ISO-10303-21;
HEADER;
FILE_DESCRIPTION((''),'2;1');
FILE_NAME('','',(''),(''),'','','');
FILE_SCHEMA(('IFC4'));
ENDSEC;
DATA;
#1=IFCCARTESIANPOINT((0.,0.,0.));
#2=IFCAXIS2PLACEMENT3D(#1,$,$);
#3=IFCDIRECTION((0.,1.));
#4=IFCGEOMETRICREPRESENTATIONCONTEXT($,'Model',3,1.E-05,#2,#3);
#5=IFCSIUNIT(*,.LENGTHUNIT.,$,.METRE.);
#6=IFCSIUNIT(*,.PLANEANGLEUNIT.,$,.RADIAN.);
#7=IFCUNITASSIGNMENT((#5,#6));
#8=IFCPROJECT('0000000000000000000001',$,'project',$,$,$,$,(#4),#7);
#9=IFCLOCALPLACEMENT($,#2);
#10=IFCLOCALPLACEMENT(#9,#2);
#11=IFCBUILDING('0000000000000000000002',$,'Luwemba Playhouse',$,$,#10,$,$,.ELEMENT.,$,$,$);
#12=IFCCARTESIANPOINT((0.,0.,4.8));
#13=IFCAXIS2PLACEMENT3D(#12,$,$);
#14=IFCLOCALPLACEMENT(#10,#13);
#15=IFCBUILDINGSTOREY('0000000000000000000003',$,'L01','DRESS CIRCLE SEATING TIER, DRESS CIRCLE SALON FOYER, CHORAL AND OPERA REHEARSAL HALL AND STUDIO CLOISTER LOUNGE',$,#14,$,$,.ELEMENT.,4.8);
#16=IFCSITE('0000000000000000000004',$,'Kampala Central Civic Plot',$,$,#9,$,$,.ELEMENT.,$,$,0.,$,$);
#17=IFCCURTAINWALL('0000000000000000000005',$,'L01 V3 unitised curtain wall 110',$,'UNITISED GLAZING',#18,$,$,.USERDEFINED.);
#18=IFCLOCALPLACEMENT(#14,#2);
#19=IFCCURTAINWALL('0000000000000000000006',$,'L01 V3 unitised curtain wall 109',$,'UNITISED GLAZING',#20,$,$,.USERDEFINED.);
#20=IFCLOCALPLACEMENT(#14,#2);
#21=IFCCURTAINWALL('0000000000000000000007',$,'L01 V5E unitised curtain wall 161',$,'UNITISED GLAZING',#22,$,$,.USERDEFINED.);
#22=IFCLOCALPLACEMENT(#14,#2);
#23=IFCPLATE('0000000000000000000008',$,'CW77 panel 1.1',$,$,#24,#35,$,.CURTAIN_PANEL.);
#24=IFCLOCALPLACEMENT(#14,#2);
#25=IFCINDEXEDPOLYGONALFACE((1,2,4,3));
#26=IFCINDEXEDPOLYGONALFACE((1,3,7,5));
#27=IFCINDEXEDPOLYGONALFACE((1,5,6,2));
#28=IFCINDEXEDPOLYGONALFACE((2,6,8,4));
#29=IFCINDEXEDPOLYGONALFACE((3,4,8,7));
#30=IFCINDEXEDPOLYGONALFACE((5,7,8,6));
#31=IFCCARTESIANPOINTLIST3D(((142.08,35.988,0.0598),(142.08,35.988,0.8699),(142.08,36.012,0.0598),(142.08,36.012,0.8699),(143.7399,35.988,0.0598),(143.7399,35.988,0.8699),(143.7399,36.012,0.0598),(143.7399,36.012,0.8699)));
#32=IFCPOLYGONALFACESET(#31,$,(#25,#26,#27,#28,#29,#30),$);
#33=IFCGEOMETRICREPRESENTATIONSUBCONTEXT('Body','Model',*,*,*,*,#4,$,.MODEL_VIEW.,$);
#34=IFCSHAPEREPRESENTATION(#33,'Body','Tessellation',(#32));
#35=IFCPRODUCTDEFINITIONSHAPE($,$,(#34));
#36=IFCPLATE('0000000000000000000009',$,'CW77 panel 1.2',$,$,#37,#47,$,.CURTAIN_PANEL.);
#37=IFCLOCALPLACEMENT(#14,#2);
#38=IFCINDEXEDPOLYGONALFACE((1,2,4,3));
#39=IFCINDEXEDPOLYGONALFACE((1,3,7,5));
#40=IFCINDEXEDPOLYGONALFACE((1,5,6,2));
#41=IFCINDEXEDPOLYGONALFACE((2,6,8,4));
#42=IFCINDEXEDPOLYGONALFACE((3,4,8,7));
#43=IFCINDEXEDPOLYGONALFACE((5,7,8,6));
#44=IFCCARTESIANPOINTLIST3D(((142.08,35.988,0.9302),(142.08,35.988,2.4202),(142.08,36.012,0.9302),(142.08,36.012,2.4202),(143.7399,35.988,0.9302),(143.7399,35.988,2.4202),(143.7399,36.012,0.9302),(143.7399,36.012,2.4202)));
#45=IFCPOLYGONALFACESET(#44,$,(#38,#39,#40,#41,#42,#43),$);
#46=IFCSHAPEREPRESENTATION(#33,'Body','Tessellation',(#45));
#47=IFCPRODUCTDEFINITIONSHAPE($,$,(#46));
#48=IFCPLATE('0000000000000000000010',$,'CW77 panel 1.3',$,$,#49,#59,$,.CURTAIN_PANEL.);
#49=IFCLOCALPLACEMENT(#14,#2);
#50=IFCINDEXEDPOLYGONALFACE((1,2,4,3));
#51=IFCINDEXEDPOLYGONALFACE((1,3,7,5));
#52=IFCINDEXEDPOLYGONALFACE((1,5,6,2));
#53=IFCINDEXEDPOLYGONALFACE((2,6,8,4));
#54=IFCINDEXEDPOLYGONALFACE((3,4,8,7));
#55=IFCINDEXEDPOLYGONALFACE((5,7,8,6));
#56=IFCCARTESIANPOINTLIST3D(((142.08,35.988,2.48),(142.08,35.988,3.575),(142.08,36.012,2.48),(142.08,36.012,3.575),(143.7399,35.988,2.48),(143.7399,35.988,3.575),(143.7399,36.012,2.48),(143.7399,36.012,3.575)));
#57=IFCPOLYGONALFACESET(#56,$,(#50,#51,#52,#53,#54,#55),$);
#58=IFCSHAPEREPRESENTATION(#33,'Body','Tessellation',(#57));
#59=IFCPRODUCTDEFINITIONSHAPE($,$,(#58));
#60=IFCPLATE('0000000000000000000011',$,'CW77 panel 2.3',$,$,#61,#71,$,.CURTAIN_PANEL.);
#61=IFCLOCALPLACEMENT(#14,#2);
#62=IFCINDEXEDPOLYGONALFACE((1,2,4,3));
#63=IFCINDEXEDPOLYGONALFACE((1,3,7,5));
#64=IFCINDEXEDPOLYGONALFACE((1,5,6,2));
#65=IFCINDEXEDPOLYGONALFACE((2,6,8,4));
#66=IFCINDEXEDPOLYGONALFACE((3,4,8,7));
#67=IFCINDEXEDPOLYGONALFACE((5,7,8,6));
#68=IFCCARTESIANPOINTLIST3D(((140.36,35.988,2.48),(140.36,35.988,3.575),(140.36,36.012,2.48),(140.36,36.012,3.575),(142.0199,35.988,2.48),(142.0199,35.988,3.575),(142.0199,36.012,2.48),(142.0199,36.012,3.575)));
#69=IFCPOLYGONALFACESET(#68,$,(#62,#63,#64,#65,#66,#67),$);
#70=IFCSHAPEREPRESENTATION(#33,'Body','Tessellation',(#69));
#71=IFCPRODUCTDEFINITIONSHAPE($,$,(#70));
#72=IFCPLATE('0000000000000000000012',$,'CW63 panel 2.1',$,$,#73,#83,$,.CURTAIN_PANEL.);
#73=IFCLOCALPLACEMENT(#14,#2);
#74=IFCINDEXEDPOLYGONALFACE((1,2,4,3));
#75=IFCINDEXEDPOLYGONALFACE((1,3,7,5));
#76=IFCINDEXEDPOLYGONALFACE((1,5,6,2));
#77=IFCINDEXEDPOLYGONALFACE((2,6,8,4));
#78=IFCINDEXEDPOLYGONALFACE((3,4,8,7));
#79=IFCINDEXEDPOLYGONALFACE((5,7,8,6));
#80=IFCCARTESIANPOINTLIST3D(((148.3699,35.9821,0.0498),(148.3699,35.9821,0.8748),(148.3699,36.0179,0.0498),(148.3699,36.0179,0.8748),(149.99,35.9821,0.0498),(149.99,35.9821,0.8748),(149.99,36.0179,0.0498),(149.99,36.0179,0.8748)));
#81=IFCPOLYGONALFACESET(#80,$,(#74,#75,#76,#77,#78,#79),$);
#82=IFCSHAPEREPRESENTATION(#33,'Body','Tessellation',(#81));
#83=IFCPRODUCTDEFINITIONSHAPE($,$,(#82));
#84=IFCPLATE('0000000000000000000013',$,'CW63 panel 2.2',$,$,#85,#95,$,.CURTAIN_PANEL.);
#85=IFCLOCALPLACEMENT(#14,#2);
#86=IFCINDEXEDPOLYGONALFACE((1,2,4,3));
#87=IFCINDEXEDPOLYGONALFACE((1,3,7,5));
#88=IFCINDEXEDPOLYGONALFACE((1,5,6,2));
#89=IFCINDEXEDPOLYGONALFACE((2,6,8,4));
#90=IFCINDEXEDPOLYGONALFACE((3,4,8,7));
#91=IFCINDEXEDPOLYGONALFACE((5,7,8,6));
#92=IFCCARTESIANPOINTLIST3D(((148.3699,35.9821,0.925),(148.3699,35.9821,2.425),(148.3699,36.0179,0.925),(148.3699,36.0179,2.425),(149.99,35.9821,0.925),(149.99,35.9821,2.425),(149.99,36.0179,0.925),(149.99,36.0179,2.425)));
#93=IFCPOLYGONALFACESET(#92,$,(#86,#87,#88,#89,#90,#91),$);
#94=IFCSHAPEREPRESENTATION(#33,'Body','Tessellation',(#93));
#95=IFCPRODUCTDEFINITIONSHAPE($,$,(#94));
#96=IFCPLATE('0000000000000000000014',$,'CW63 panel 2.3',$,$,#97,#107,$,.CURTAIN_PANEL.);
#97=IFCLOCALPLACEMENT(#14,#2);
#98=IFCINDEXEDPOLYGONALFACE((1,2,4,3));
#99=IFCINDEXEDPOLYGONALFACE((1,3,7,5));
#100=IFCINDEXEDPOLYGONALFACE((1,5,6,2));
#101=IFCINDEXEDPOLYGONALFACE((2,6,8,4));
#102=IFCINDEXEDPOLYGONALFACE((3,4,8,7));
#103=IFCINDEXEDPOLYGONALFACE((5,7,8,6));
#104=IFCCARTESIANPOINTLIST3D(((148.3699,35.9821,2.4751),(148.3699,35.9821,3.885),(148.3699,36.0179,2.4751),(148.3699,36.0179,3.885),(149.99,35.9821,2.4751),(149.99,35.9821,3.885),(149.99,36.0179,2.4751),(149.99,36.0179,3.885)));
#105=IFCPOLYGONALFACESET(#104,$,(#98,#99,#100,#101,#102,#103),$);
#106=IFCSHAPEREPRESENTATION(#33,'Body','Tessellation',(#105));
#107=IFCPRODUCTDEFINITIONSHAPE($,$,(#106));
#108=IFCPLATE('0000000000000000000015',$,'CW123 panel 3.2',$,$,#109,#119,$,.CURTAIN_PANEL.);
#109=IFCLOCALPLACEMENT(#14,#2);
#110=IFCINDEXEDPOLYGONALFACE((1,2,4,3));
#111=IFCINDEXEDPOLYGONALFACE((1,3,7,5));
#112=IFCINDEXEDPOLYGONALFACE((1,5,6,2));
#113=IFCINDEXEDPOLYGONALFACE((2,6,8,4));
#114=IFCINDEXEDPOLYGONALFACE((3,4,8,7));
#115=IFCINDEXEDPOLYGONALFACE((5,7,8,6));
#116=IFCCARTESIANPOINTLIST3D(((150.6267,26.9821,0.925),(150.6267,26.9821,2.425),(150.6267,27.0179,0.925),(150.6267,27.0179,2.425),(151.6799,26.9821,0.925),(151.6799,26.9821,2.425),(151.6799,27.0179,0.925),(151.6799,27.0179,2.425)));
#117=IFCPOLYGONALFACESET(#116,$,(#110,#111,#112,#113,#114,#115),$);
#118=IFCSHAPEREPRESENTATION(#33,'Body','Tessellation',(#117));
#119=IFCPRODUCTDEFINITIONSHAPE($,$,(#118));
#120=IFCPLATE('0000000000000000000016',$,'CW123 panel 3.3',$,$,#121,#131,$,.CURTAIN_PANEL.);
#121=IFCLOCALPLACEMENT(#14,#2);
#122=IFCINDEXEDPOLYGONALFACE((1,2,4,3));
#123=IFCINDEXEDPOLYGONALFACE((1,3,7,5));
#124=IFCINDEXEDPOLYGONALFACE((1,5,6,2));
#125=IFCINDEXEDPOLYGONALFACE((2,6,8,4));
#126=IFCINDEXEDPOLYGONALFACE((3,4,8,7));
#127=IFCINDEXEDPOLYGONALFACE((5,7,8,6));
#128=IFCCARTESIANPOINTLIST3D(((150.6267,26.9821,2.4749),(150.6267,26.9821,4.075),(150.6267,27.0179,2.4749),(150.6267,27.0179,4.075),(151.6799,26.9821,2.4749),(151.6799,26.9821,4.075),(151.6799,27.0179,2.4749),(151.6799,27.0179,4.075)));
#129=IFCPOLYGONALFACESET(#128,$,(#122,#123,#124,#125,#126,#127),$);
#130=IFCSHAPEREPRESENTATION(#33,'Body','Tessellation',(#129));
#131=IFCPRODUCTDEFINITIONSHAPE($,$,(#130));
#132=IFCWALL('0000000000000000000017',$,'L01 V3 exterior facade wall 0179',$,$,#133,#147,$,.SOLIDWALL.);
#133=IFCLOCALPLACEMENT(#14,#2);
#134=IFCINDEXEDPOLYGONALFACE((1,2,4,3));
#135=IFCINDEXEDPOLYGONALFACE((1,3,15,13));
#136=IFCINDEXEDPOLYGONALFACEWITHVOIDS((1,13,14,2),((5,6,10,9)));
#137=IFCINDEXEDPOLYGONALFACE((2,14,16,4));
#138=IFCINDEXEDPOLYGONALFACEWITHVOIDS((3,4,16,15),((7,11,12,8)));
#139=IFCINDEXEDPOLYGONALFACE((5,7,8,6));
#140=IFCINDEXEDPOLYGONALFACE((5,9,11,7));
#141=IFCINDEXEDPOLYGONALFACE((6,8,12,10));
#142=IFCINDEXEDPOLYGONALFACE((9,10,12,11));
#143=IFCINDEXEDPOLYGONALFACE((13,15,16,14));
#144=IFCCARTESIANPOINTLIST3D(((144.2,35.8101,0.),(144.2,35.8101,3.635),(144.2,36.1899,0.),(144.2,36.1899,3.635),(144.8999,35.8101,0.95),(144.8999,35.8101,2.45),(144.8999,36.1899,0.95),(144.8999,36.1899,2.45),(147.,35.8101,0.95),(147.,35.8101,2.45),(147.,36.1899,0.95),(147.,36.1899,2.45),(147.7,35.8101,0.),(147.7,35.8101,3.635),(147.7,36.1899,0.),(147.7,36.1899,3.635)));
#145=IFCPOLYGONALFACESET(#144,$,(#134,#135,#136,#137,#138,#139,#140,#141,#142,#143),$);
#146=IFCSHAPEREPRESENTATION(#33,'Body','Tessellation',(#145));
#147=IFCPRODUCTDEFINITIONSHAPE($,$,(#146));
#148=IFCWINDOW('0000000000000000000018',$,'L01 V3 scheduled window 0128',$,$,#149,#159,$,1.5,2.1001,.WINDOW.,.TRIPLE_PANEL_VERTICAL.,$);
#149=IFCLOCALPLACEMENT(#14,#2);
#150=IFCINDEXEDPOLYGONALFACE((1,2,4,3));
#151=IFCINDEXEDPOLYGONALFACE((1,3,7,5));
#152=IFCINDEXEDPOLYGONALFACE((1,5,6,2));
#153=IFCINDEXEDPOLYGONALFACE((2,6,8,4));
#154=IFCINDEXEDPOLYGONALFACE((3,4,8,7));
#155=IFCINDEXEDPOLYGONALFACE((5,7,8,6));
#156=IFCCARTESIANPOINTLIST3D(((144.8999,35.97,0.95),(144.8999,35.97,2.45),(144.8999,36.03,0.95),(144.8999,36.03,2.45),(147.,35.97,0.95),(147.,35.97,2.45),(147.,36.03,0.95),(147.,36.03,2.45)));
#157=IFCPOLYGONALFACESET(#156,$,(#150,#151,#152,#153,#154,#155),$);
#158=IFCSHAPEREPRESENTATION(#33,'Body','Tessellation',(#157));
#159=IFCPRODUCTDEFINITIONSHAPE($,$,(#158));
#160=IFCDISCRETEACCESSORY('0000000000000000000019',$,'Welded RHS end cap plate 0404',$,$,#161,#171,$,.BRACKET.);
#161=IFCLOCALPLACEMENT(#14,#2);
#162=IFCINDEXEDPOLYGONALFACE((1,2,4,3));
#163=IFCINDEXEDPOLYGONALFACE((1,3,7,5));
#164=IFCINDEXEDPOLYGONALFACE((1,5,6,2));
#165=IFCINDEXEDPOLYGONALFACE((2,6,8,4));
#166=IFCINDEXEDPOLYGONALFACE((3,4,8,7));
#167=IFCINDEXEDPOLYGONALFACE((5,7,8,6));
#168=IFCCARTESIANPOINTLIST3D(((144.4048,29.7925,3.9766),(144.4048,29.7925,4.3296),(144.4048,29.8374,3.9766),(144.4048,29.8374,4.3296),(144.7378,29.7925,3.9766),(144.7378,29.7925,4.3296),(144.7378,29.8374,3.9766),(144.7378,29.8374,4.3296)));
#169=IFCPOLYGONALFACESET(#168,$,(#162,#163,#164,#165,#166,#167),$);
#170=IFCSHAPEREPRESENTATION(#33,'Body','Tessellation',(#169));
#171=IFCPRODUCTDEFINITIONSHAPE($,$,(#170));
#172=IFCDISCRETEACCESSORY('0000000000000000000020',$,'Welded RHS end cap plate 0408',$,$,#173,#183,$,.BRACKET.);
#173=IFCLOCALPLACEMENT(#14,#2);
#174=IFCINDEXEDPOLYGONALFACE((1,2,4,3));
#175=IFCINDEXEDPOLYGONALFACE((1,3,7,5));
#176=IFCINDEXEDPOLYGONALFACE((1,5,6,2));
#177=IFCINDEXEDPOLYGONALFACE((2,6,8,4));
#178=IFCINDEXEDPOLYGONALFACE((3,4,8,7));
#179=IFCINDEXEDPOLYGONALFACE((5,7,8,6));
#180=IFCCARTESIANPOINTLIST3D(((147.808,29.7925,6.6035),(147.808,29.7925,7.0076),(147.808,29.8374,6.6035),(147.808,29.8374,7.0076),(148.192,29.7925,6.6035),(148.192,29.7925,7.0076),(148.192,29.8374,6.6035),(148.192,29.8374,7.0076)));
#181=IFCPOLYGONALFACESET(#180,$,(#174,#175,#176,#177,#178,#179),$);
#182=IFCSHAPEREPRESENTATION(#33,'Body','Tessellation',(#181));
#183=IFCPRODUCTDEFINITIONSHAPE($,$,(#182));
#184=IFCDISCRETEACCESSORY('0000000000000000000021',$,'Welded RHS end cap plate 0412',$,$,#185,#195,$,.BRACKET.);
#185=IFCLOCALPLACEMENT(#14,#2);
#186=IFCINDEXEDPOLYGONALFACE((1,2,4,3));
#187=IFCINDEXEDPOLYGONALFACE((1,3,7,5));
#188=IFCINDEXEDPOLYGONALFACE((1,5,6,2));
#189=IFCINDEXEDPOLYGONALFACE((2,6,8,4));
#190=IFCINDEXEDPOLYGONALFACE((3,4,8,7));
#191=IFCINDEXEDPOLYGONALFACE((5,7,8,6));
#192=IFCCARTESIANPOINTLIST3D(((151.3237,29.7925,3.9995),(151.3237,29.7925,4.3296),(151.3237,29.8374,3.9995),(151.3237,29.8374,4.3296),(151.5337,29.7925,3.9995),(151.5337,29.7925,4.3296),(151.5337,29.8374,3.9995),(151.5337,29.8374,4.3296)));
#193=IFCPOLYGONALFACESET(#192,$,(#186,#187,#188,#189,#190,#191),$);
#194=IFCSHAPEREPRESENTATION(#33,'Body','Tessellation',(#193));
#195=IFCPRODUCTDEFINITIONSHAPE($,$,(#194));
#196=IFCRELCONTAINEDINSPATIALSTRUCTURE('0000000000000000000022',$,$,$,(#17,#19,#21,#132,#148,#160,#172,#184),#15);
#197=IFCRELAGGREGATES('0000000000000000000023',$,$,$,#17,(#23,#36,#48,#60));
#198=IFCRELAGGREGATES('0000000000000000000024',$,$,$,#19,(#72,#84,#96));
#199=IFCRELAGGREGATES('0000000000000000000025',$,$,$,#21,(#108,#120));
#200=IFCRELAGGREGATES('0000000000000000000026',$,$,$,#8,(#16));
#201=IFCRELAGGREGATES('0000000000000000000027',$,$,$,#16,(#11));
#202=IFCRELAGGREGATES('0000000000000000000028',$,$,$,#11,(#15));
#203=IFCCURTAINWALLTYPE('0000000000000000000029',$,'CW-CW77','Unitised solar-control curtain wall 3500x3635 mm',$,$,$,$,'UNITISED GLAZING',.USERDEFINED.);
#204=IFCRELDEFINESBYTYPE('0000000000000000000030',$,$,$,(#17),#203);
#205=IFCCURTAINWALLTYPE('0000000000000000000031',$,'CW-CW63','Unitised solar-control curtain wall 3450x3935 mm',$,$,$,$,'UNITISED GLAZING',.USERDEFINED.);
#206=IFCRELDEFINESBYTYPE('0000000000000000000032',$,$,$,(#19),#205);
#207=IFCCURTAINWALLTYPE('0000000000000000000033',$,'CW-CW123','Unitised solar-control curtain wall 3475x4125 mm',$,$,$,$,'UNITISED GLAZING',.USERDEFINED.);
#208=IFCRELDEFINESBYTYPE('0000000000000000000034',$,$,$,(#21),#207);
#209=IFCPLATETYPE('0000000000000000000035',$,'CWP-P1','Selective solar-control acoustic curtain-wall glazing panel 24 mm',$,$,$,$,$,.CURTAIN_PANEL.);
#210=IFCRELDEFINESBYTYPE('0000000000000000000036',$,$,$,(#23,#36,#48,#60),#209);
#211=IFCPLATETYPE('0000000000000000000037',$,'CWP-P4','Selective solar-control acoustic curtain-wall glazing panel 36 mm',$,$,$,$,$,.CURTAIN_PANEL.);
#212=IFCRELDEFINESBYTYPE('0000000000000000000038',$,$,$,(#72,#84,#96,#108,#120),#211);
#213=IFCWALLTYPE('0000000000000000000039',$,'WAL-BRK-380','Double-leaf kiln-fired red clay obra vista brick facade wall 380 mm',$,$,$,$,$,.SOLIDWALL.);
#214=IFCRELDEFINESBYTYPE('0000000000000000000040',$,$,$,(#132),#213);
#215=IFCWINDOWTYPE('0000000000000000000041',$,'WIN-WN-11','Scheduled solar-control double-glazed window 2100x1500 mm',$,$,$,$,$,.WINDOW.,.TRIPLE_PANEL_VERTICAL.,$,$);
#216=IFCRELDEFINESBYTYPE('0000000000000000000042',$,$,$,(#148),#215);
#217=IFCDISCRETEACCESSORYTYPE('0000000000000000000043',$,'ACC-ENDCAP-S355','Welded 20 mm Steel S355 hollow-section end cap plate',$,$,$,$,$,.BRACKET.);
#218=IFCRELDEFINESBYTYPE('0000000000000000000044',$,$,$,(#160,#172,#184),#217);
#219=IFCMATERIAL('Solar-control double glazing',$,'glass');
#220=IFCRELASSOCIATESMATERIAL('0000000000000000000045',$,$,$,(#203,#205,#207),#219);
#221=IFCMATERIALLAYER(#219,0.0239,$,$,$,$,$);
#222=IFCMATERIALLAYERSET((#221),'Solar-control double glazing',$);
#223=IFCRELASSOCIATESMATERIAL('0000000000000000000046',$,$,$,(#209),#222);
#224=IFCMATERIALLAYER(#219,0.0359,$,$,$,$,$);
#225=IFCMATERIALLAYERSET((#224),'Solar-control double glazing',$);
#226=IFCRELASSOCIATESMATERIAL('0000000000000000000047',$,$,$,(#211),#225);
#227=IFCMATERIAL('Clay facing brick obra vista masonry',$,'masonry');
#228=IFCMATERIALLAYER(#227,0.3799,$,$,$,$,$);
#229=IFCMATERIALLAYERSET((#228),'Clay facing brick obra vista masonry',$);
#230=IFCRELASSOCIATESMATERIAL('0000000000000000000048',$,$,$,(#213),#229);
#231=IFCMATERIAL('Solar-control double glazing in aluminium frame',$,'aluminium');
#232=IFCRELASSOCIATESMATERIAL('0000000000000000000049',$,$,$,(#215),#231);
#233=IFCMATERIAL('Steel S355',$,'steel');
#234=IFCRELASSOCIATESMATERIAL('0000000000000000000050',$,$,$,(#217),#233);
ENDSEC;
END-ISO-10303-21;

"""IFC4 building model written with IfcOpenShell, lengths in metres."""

from ifc_helpers import new_model, si_unit, direction, frame, frame_2d, origin, origin_2d, place, context, subcontext, project, spatial, rectangle, extrude, material, layer, layer_set, type_object, element, fill, aggregate, save


model = new_model("IFC4")

# Units and contexts
model_context = context("Model", 3, precision=1e-05, world=origin(), true_north=direction((0.0, 1.0)))
body_context = subcontext(model_context, "Body", "Model", "MODEL_VIEW")
ifc_project = project(units=[si_unit("LENGTHUNIT", "METRE"), si_unit("PLANEANGLEUNIT", "RADIAN")], contexts=[model_context])

# Site, building, storey
site_placement = place(None, origin())
site = spatial("IfcSite", under=ifc_project, at=site_placement, Name="Kampala Central Civic Plot", CompositionType="ELEMENT", RefElevation=0.0)
building_placement = place(site_placement, origin())
building = spatial("IfcBuilding", under=site, at=building_placement, Name="Luwemba Playhouse", CompositionType="ELEMENT")
storey_placement = place(building_placement, frame((0.0, 0.0, 4.8)))
storey = spatial("IfcBuildingStorey", under=building, at=storey_placement, Name="L01", Description="DRESS CIRCLE SEATING TIER, DRESS CIRCLE SALON FOYER, CHORAL AND OPERA REHEARSAL HALL AND STUDIO CLOISTER LOUNGE", CompositionType="ELEMENT", Elevation=4.8)

# Curtain wall
ifc_material_1 = material(Name="Solar-control double glazing", Category="glass")
curtain_wall_type_1 = type_object("IfcCurtainWallType", Name="CW-CW77", Description="Unitised solar-control curtain wall 3500x3635 mm", ElementType="UNITISED GLAZING", PredefinedType="USERDEFINED", material=ifc_material_1)
curtain_wall_1_placement = place(storey_placement, origin())
curtain_wall_1 = element("IfcCurtainWall", 1, at=curtain_wall_1_placement, inside=storey, type_object=curtain_wall_type_1, Name="L01 V3 unitised curtain wall 110", ObjectType="UNITISED GLAZING", PredefinedType="USERDEFINED")

# Curtain walls
curtain_wall_type_2 = type_object("IfcCurtainWallType", Name="CW-CW63", Description="Unitised solar-control curtain wall 3450x3935 mm", ElementType="UNITISED GLAZING", PredefinedType="USERDEFINED", material=ifc_material_1)
curtain_wall_2_placement = place(storey_placement, origin())
curtain_wall_2 = element("IfcCurtainWall", 2, at=curtain_wall_2_placement, inside=storey, type_object=curtain_wall_type_2, Name="L01 V3 unitised curtain wall 109", ObjectType="UNITISED GLAZING", PredefinedType="USERDEFINED")
curtain_wall_type_3 = type_object("IfcCurtainWallType", Name="CW-CW123", Description="Unitised solar-control curtain wall 3475x4125 mm", ElementType="UNITISED GLAZING", PredefinedType="USERDEFINED", material=ifc_material_1)
curtain_wall_3_placement = place(storey_placement, origin())
curtain_wall_3 = element("IfcCurtainWall", 3, at=curtain_wall_3_placement, inside=storey, type_object=curtain_wall_type_3, Name="L01 V5E unitised curtain wall 161", ObjectType="UNITISED GLAZING", PredefinedType="USERDEFINED")

# Shared definitions
ifc_material_2 = material(Name="Steel S355", Category="steel")

# Plates
ifc_layer_1 = layer(ifc_material_1, 0.0239)
ifc_layer_set_1 = layer_set([ifc_layer_1], Name="Solar-control double glazing")
plate_type_1 = type_object("IfcPlateType", Name="CWP-P1", Description="Selective solar-control acoustic curtain-wall glazing panel 24 mm", PredefinedType="CURTAIN_PANEL", material=ifc_layer_set_1)
plate_1_placement = place(storey_placement, frame((142.9099, 36.0, 0.0598), z_axis=(0.0, 0.0, 1.0), x_axis=(-1.0, 0.0, 0.0)))
plate_1 = element("IfcPlate", 4, at=plate_1_placement, type_object=plate_type_1, Name="CW77 panel 1.1", PredefinedType="CURTAIN_PANEL", context=body_context, shape_type="SweptSolid", body=[
    extrude(rectangle(XDim=1.6599, YDim=0.0239, at=origin_2d()), origin(), (0.0, 0.0, 1.0), 0.8101),
])
plate_2_placement = place(storey_placement, frame((142.9099, 36.0, 0.9302), z_axis=(0.0, 0.0, 1.0), x_axis=(-1.0, 0.0, 0.0)))
plate_2 = element("IfcPlate", 5, at=plate_2_placement, type_object=plate_type_1, Name="CW77 panel 1.2", PredefinedType="CURTAIN_PANEL", context=body_context, shape_type="SweptSolid", body=[
    extrude(rectangle(XDim=1.6599, YDim=0.0239, at=origin_2d()), origin(), (0.0, 0.0, 1.0), 1.49),
])
plate_3_placement = place(storey_placement, frame((142.9099, 36.0, 2.48), z_axis=(0.0, 0.0, 1.0), x_axis=(-1.0, 0.0, 0.0)))
plate_3 = element("IfcPlate", 6, at=plate_3_placement, type_object=plate_type_1, Name="CW77 panel 1.3", PredefinedType="CURTAIN_PANEL", context=body_context, shape_type="SweptSolid", body=[
    extrude(rectangle(XDim=1.6599, YDim=0.0239, at=origin_2d()), origin(), (0.0, 0.0, 1.0), 1.095),
])
plate_4_placement = place(storey_placement, frame((141.1899, 36.0, 2.48), z_axis=(0.0, 0.0, 1.0), x_axis=(-1.0, 0.0, 0.0)))
plate_4 = element("IfcPlate", 7, at=plate_4_placement, type_object=plate_type_1, Name="CW77 panel 2.3", PredefinedType="CURTAIN_PANEL", context=body_context, shape_type="SweptSolid", body=[
    extrude(rectangle(XDim=1.6599, YDim=0.0239, at=origin_2d()), origin(), (0.0, 0.0, 1.0), 1.095),
])
aggregate(curtain_wall_1, [plate_1, plate_2, plate_3, plate_4])
ifc_layer_2 = layer(ifc_material_1, 0.0359)
ifc_layer_set_2 = layer_set([ifc_layer_2], Name="Solar-control double glazing")
plate_type_2 = type_object("IfcPlateType", Name="CWP-P4", Description="Selective solar-control acoustic curtain-wall glazing panel 36 mm", PredefinedType="CURTAIN_PANEL", material=ifc_layer_set_2)
plate_5_placement = place(storey_placement, frame((149.1799, 36.0, 0.0498), z_axis=(0.0, 0.0, 1.0), x_axis=(-1.0, 0.0, 0.0)))
plate_5 = element("IfcPlate", 8, at=plate_5_placement, type_object=plate_type_2, Name="CW63 panel 2.1", PredefinedType="CURTAIN_PANEL", context=body_context, shape_type="SweptSolid", body=[
    extrude(rectangle(XDim=1.6201, YDim=0.0359, at=origin_2d()), origin(), (0.0, 0.0, 1.0), 0.825),
])
plate_6_placement = place(storey_placement, frame((149.1799, 36.0, 0.925), z_axis=(0.0, 0.0, 1.0), x_axis=(-1.0, 0.0, 0.0)))
plate_6 = element("IfcPlate", 9, at=plate_6_placement, type_object=plate_type_2, Name="CW63 panel 2.2", PredefinedType="CURTAIN_PANEL", context=body_context, shape_type="SweptSolid", body=[
    extrude(rectangle(XDim=1.6201, YDim=0.0359, at=origin_2d()), origin(), (0.0, 0.0, 1.0), 1.5),
])
plate_7_placement = place(storey_placement, frame((149.1799, 36.0, 2.4751), z_axis=(0.0, 0.0, 1.0), x_axis=(-1.0, 0.0, 0.0)))
plate_7 = element("IfcPlate", 10, at=plate_7_placement, type_object=plate_type_2, Name="CW63 panel 2.3", PredefinedType="CURTAIN_PANEL", context=body_context, shape_type="SweptSolid", body=[
    extrude(rectangle(XDim=1.6201, YDim=0.0359, at=origin_2d()), origin(), (0.0, 0.0, 1.0), 1.4099),
])
aggregate(curtain_wall_2, [plate_5, plate_6, plate_7])
plate_8_placement = place(storey_placement, frame((151.1533, 27.0, 0.925), z_axis=(0.0, 0.0, 1.0), x_axis=(1.0, 0.0, 0.0)))
plate_8 = element("IfcPlate", 11, at=plate_8_placement, type_object=plate_type_2, Name="CW123 panel 3.2", PredefinedType="CURTAIN_PANEL", context=body_context, shape_type="SweptSolid", body=[
    extrude(rectangle(XDim=1.0532, YDim=0.0359, at=origin_2d()), origin(), (0.0, 0.0, 1.0), 1.5),
])
plate_9_placement = place(storey_placement, frame((151.1533, 27.0, 2.4749), z_axis=(0.0, 0.0, 1.0), x_axis=(1.0, 0.0, 0.0)))
plate_9 = element("IfcPlate", 12, at=plate_9_placement, type_object=plate_type_2, Name="CW123 panel 3.3", PredefinedType="CURTAIN_PANEL", context=body_context, shape_type="SweptSolid", body=[
    extrude(rectangle(XDim=1.0532, YDim=0.0359, at=origin_2d()), origin(), (0.0, 0.0, 1.0), 1.6001),
])
aggregate(curtain_wall_3, [plate_8, plate_9])

# Wall, opening, window
ifc_material_3 = material(Name="Clay facing brick obra vista masonry", Category="masonry")
ifc_layer_3 = layer(ifc_material_3, 0.3799)
ifc_layer_set_3 = layer_set([ifc_layer_3], Name="Clay facing brick obra vista masonry")
wall_type = type_object("IfcWallType", Name="WAL-BRK-380", Description="Double-leaf kiln-fired red clay obra vista brick facade wall 380 mm", PredefinedType="SOLIDWALL", material=ifc_layer_set_3)
wall_placement = place(storey_placement, frame((147.7, 36.0, 0.0), z_axis=(0.0, 0.0, 1.0), x_axis=(-1.0, 0.0, 0.0)))
wall = element("IfcWall", 13, at=wall_placement, inside=storey, type_object=wall_type, Name="L01 V3 exterior facade wall 0179", PredefinedType="SOLIDWALL", context=body_context, shape_type="SweptSolid", body=[
    extrude(rectangle(XDim=3.5, YDim=0.3799, at=frame_2d((1.75, 0.0))), origin(), (0.0, 0.0, 1.0), 3.635),
])
opening_placement = place(wall_placement, frame((0.7, 0.0, 0.95)))
opening = element("IfcOpeningElement", 14, at=opening_placement, cuts=wall, PredefinedType="OPENING", context=body_context, shape_type="SweptSolid", body=[
    extrude(rectangle(XDim=2.1001, YDim=1.5, at=frame_2d((1.05, 0.75))), frame((0.0, 0.2, 0.0), z_axis=(0.0, -1.0, 0.0), x_axis=(1.0, 0.0, 0.0)), (0.0, 0.0, 1.0), 0.3999),
])
ifc_material_4 = material(Name="Solar-control double glazing in aluminium frame", Category="aluminium")
window_type = type_object("IfcWindowType", Name="WIN-WN-11", Description="Scheduled solar-control double-glazed window 2100x1500 mm", PartitioningType="TRIPLE_PANEL_VERTICAL", PredefinedType="WINDOW", material=ifc_material_4)
window_placement = place(opening_placement, origin())
window = element("IfcWindow", 15, at=window_placement, inside=storey, type_object=window_type, Name="L01 V3 scheduled window 0128", OverallHeight=1.5, OverallWidth=2.1001, PartitioningType="TRIPLE_PANEL_VERTICAL", PredefinedType="WINDOW", context=body_context, shape_type="SweptSolid", body=[
    extrude(rectangle(XDim=2.1001, YDim=1.5, at=frame_2d((1.05, 0.75))), frame((0.0, 0.03, 0.0), z_axis=(0.0, -1.0, 0.0), x_axis=(1.0, 0.0, 0.0)), (0.0, 0.0, 1.0), 0.0601),
])
fill(opening, window)

# Discrete accessories
discrete_accessory_type = type_object("IfcDiscreteAccessoryType", Name="ACC-ENDCAP-S355", Description="Welded 20 mm Steel S355 hollow-section end cap plate", PredefinedType="BRACKET", material=ifc_material_2)
discrete_accessory_1_placement = place(storey_placement, frame((144.5713, 29.8149, 3.9766), z_axis=(0.0, 0.0, 1.0), x_axis=(1.0, 0.0, 0.0)))
element("IfcDiscreteAccessory", 16, at=discrete_accessory_1_placement, inside=storey, type_object=discrete_accessory_type, Name="Welded RHS end cap plate 0404", PredefinedType="BRACKET", context=body_context, shape_type="SweptSolid", body=[
    extrude(rectangle(XDim=0.333, YDim=0.0449, at=origin_2d()), origin(), (0.0, 0.0, 1.0), 0.353),
])
discrete_accessory_2_placement = place(storey_placement, frame((148.0, 29.8149, 6.6035), z_axis=(0.0, 0.0, 1.0), x_axis=(1.0, 0.0, 0.0)))
element("IfcDiscreteAccessory", 17, at=discrete_accessory_2_placement, inside=storey, type_object=discrete_accessory_type, Name="Welded RHS end cap plate 0408", PredefinedType="BRACKET", context=body_context, shape_type="SweptSolid", body=[
    extrude(rectangle(XDim=0.384, YDim=0.0449, at=origin_2d()), origin(), (0.0, 0.0, 1.0), 0.4041),
])
discrete_accessory_3_placement = place(storey_placement, frame((151.4287, 29.8149, 3.9995), z_axis=(0.0, 0.0, 1.0), x_axis=(1.0, 0.0, 0.0)))
element("IfcDiscreteAccessory", 18, at=discrete_accessory_3_placement, inside=storey, type_object=discrete_accessory_type, Name="Welded RHS end cap plate 0412", PredefinedType="BRACKET", context=body_context, shape_type="SweptSolid", body=[
    extrude(rectangle(XDim=0.21, YDim=0.0449, at=origin_2d()), origin(), (0.0, 0.0, 1.0), 0.3301),
])

save(model, "model.ifc")
